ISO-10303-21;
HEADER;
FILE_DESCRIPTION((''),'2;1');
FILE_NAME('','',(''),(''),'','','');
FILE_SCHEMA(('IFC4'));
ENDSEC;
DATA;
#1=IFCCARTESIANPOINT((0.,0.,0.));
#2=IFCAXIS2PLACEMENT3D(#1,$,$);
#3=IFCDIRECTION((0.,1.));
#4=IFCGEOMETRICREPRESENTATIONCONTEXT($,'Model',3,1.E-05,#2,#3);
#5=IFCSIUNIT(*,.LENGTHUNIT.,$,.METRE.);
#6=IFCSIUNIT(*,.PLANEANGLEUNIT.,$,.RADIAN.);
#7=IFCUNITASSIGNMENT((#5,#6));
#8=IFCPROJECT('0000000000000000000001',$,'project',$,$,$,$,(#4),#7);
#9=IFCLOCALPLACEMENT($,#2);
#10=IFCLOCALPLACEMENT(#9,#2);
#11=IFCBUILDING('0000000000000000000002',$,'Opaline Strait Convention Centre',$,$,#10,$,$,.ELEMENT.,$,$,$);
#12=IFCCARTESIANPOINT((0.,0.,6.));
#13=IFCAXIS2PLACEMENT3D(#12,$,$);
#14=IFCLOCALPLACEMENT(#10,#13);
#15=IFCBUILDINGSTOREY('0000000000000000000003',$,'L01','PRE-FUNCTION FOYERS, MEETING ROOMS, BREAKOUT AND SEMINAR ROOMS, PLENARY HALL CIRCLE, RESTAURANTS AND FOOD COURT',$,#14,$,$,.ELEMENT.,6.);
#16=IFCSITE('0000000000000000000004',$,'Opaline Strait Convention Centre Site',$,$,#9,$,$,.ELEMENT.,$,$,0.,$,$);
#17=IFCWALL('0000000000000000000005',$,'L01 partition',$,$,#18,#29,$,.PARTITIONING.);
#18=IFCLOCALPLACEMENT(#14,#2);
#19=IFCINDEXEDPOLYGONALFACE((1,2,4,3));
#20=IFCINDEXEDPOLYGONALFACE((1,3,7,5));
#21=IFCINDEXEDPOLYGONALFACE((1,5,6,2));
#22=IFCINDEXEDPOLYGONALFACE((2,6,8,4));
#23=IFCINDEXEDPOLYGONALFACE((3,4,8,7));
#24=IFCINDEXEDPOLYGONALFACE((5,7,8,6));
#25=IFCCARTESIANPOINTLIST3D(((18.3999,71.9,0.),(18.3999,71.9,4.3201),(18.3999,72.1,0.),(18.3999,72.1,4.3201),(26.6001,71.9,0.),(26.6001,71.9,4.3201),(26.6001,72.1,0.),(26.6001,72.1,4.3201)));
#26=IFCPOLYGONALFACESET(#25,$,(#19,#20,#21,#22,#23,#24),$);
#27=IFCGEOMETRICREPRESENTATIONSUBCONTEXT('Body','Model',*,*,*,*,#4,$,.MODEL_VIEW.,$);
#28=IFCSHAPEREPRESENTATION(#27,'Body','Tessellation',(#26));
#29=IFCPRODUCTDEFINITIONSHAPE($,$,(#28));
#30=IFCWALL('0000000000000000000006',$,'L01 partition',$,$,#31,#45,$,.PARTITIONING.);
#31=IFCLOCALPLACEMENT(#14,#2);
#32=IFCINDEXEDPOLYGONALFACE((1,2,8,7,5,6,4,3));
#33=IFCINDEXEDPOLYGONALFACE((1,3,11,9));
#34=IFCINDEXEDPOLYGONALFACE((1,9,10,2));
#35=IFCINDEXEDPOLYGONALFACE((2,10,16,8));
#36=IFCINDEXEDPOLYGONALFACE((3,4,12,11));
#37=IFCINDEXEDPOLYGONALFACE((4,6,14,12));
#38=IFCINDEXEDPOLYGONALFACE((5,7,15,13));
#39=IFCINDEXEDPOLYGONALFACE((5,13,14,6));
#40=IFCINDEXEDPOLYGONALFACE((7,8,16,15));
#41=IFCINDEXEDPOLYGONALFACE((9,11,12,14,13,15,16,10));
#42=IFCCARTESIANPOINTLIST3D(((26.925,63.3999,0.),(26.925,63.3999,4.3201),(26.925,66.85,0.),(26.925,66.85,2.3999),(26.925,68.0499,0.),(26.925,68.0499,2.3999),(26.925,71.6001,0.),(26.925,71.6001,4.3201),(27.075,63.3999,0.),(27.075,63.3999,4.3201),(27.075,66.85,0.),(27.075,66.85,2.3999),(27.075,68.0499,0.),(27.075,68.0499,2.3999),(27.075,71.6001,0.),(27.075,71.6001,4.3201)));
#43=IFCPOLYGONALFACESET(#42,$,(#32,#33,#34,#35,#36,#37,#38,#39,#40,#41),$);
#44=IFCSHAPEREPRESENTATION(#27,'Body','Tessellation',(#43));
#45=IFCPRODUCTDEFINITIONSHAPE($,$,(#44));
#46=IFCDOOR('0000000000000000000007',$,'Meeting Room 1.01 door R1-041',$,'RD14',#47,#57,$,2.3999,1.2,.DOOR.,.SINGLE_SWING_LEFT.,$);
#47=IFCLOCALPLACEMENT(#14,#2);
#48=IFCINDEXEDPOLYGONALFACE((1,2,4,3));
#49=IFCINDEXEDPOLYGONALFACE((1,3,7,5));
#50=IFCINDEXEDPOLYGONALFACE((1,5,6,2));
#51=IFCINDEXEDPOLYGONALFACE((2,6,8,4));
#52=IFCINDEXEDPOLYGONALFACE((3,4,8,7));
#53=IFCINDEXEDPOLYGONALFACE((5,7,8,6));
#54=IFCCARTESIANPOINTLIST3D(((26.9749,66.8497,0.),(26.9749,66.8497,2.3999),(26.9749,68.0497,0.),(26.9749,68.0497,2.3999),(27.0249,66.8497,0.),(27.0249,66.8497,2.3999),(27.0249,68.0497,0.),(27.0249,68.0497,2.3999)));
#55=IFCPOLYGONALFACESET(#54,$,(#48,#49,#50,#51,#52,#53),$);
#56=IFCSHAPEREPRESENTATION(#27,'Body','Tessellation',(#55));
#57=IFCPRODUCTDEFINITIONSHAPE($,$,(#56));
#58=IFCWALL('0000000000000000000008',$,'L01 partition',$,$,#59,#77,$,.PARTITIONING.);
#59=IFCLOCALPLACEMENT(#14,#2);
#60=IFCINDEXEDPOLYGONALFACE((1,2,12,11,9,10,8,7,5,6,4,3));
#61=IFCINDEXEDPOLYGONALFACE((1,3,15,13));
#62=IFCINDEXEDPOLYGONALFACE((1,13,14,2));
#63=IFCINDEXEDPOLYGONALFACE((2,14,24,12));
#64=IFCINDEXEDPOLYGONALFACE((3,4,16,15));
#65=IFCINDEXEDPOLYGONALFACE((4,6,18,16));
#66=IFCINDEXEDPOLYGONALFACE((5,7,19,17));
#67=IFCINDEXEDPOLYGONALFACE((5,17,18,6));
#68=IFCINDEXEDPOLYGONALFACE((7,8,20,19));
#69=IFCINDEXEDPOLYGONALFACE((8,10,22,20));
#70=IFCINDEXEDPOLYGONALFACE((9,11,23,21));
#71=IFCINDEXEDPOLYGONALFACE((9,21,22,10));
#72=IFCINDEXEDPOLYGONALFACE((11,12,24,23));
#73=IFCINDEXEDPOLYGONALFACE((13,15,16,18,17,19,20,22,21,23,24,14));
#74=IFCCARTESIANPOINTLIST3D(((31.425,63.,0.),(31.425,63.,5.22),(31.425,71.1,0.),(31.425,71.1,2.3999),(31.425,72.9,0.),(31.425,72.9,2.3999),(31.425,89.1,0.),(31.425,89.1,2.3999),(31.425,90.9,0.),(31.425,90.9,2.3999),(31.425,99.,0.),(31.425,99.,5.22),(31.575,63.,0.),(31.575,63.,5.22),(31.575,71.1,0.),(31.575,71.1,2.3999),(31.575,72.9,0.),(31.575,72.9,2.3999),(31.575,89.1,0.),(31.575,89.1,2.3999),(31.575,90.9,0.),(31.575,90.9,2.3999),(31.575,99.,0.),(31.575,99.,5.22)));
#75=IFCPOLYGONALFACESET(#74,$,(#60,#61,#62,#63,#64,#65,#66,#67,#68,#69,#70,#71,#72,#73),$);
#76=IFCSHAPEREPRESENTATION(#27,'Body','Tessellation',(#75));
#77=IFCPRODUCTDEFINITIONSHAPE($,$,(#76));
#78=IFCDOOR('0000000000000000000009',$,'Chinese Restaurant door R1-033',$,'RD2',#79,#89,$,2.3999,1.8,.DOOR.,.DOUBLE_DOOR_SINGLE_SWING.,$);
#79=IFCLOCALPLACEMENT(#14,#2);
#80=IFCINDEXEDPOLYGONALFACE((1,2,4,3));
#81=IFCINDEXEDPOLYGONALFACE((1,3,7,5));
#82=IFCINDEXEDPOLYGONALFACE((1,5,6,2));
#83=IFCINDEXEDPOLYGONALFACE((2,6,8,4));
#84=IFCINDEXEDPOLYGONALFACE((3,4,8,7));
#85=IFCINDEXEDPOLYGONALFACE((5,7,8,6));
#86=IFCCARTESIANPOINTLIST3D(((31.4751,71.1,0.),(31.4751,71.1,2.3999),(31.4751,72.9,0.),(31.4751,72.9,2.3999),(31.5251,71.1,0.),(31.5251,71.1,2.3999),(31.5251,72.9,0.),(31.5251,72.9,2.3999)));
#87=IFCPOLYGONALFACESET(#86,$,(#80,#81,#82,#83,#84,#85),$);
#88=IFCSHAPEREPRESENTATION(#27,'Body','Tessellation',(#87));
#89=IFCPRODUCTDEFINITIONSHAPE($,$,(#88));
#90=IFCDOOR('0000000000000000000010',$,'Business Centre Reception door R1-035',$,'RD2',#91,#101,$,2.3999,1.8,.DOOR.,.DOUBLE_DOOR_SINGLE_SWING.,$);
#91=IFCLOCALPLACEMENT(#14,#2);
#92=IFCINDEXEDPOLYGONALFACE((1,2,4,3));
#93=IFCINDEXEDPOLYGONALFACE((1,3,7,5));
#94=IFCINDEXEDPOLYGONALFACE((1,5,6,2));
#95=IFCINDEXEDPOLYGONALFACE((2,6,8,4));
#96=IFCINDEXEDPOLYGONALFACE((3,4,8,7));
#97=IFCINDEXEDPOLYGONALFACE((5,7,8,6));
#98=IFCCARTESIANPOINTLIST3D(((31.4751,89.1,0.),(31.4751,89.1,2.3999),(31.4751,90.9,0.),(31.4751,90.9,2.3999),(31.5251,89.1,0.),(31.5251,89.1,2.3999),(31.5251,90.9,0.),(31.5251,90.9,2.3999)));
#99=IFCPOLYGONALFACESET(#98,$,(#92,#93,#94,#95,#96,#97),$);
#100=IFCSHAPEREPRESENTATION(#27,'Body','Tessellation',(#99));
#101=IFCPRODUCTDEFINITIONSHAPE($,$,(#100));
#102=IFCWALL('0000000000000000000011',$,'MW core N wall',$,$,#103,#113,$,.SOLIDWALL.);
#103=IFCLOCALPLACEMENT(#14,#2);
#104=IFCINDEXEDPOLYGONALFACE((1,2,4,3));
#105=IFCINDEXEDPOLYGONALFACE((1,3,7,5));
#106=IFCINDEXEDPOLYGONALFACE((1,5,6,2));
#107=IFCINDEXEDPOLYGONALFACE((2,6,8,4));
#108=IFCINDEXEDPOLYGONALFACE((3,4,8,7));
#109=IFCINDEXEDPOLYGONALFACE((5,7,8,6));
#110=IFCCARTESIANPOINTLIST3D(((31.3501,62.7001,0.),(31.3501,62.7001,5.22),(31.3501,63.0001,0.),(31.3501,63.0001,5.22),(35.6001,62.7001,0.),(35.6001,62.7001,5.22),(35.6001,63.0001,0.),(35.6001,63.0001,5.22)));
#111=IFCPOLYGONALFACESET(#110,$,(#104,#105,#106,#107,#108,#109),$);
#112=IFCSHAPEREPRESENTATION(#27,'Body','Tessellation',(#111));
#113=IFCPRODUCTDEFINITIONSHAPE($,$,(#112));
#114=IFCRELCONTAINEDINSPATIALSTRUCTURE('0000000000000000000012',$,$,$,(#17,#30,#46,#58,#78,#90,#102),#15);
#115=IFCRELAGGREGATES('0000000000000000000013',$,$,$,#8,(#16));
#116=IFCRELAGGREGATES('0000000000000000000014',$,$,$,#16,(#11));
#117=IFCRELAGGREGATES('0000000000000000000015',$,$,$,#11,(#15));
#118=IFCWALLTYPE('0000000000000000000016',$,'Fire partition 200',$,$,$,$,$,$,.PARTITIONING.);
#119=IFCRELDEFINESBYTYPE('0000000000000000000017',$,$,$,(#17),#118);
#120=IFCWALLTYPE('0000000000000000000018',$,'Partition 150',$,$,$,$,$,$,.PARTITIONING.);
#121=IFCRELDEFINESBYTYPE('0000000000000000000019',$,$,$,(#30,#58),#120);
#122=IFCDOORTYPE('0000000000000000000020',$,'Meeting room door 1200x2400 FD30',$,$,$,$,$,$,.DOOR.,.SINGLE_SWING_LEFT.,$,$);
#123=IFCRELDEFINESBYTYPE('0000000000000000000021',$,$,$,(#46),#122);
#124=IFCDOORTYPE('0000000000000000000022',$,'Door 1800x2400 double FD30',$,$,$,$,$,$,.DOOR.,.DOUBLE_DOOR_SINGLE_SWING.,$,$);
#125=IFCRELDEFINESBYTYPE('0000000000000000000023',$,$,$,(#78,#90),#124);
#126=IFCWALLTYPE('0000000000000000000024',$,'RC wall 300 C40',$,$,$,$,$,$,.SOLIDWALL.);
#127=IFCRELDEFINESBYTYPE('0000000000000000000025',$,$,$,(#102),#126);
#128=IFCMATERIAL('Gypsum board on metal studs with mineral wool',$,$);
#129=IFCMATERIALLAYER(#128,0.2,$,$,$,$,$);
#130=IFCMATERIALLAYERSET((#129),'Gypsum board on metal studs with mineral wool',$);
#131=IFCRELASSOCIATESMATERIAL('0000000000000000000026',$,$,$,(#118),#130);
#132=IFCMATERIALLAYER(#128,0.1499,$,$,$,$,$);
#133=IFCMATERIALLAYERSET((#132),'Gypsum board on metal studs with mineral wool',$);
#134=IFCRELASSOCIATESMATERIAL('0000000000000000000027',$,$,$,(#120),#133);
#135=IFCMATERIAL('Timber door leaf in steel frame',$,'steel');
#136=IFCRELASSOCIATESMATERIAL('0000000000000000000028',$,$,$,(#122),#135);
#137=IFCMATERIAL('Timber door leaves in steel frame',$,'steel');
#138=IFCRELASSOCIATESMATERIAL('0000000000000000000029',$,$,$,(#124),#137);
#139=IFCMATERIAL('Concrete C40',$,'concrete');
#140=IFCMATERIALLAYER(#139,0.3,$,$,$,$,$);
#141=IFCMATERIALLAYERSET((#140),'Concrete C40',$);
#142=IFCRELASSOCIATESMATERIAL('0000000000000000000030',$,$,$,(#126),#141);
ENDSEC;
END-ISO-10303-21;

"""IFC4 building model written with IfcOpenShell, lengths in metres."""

from ifc_helpers import new_model, si_unit, direction, frame, frame_2d, origin, place, context, subcontext, project, spatial, rectangle, extrude, material, layer, layer_set, type_object, element, fill, save


model = new_model("IFC4")

# Units and contexts
model_context = context("Model", 3, precision=1e-05, world=origin(), true_north=direction((0.0, 1.0)))
body_context = subcontext(model_context, "Body", "Model", "MODEL_VIEW")
ifc_project = project(units=[si_unit("LENGTHUNIT", "METRE"), si_unit("PLANEANGLEUNIT", "RADIAN")], contexts=[model_context])

# Site, building, storey
site_placement = place(None, origin())
site = spatial("IfcSite", under=ifc_project, at=site_placement, Name="Opaline Strait Convention Centre Site", CompositionType="ELEMENT", RefElevation=0.0)
building_placement = place(site_placement, origin())
building = spatial("IfcBuilding", under=site, at=building_placement, Name="Opaline Strait Convention Centre", CompositionType="ELEMENT")
storey_placement = place(building_placement, frame((0.0, 0.0, 6.0)))
storey = spatial("IfcBuildingStorey", under=building, at=storey_placement, Name="L01", Description="PRE-FUNCTION FOYERS, MEETING ROOMS, BREAKOUT AND SEMINAR ROOMS, PLENARY HALL CIRCLE, RESTAURANTS AND FOOD COURT", CompositionType="ELEMENT", Elevation=6.0)

# Shared definitions
ifc_material_1 = material(Name="Concrete C40", Category="concrete")

# Wall
ifc_material_2 = material(Name="Gypsum board on metal studs with mineral wool")
ifc_layer_1 = layer(ifc_material_2, 0.2)
ifc_layer_set_1 = layer_set([ifc_layer_1], Name="Gypsum board on metal studs with mineral wool")
wall_type_1 = type_object("IfcWallType", Name="Fire partition 200", PredefinedType="PARTITIONING", material=ifc_layer_set_1)
for number, where, z_axis, x_axis, name in (
    (1, (18.3999, 72.0, 0.0), (0.0, 0.0, 1.0), (1.0, 0.0, 0.0), "L01 partition"),
):
    element("IfcWall", number, at=place(storey_placement, frame(where, z_axis=z_axis, x_axis=x_axis)), inside=storey, type_object=wall_type_1, Name=name, PredefinedType="PARTITIONING", context=body_context, shape_type="SweptSolid", body=[
        extrude(rectangle(XDim=8.2002, YDim=0.2, at=frame_2d((4.1001, 0.0))), origin(), (0.0, 0.0, 1.0), 4.3201),
    ])

# Wall, opening, door
ifc_layer_2 = layer(ifc_material_2, 0.1499)
ifc_layer_set_2 = layer_set([ifc_layer_2], Name="Gypsum board on metal studs with mineral wool")
wall_type_2 = type_object("IfcWallType", Name="Partition 150", PredefinedType="PARTITIONING", material=ifc_layer_set_2)
wall_1_placement = place(storey_placement, frame((27.0, 63.3999, 0.0), z_axis=(0.0, 0.0, 1.0), x_axis=(0.0, 1.0, 0.0)))
wall_1 = element("IfcWall", 2, at=wall_1_placement, inside=storey, type_object=wall_type_2, Name="L01 partition", PredefinedType="PARTITIONING", context=body_context, shape_type="SweptSolid", body=[
    extrude(rectangle(XDim=8.2002, YDim=0.1499, at=frame_2d((4.1001, 0.0))), origin(), (0.0, 0.0, 1.0), 4.3201),
])
opening_1_placement = place(wall_1_placement, frame((3.45, 0.0, 0.0)))
opening_1 = element("IfcOpeningElement", 3, at=opening_1_placement, cuts=wall_1, PredefinedType="OPENING", context=body_context, shape_type="SweptSolid", body=[
    extrude(rectangle(XDim=1.2, YDim=2.3999, at=frame_2d((0.6001, 1.2))), frame((0.0, 0.085, 0.0), z_axis=(0.0, -1.0, 0.0), x_axis=(1.0, 0.0, 0.0)), (0.0, 0.0, 1.0), 0.1699),
])
ifc_material_3 = material(Name="Timber door leaf in steel frame", Category="steel")
door_type_1 = type_object("IfcDoorType", Name="Meeting room door 1200x2400 FD30", OperationType="SINGLE_SWING_LEFT", PredefinedType="DOOR", material=ifc_material_3)
door_1_placement = place(opening_1_placement, frame((1.2, 0.0, 0.0), z_axis=(0.0, 0.0, 1.0), x_axis=(-1.0, 0.0, 0.0)))
door_1 = element("IfcDoor", 4, at=door_1_placement, inside=storey, type_object=door_type_1, Name="Meeting Room 1.01 door R1-041", ObjectType="RD14", OperationType="SINGLE_SWING_LEFT", OverallHeight=2.3999, OverallWidth=1.2, PredefinedType="DOOR", context=body_context, shape_type="SweptSolid", body=[
    extrude(rectangle(XDim=1.2, YDim=2.3999, at=frame_2d((0.6001, 1.2))), frame((0.0, 0.0249, 0.0), z_axis=(0.0, -1.0, 0.0), x_axis=(1.0, 0.0, 0.0)), (0.0, 0.0, 1.0), 0.05),
])
fill(opening_1, door_1)

# Wall, openings, doors
wall_2_placement = place(storey_placement, frame((31.5, 63.0, 0.0), z_axis=(0.0, 0.0, 1.0), x_axis=(0.0, 1.0, 0.0)))
wall_2 = element("IfcWall", 5, at=wall_2_placement, inside=storey, type_object=wall_type_2, Name="L01 partition", PredefinedType="PARTITIONING", context=body_context, shape_type="SweptSolid", body=[
    extrude(rectangle(XDim=36.0, YDim=0.1499, at=frame_2d((18.0, 0.0))), origin(), (0.0, 0.0, 1.0), 5.22),
])
opening_2_placement = place(wall_2_placement, frame((8.1001, 0.0, 0.0)))
opening_2 = element("IfcOpeningElement", 6, at=opening_2_placement, cuts=wall_2, PredefinedType="OPENING", context=body_context, shape_type="SweptSolid", body=[
    extrude(rectangle(XDim=1.8, YDim=2.3999, at=frame_2d((0.8999, 1.2))), frame((0.0, 0.085, 0.0), z_axis=(0.0, -1.0, 0.0), x_axis=(1.0, 0.0, 0.0)), (0.0, 0.0, 1.0), 0.1699),
])
opening_3_placement = place(wall_2_placement, frame((26.1001, 0.0, 0.0)))
opening_3 = element("IfcOpeningElement", 7, at=opening_3_placement, cuts=wall_2, PredefinedType="OPENING", context=body_context, shape_type="SweptSolid", body=[
    extrude(rectangle(XDim=1.8, YDim=2.3999, at=frame_2d((0.8999, 1.2))), frame((0.0, 0.085, 0.0), z_axis=(0.0, -1.0, 0.0), x_axis=(1.0, 0.0, 0.0)), (0.0, 0.0, 1.0), 0.1699),
])
ifc_material_4 = material(Name="Timber door leaves in steel frame", Category="steel")
door_type_2 = type_object("IfcDoorType", Name="Door 1800x2400 double FD30", OperationType="DOUBLE_DOOR_SINGLE_SWING", PredefinedType="DOOR", material=ifc_material_4)
door_2_placement = place(opening_2_placement, origin())
door_2 = element("IfcDoor", 8, at=door_2_placement, inside=storey, type_object=door_type_2, Name="Chinese Restaurant door R1-033", ObjectType="RD2", OperationType="DOUBLE_DOOR_SINGLE_SWING", OverallHeight=2.3999, OverallWidth=1.8, PredefinedType="DOOR", context=body_context, shape_type="SweptSolid", body=[
    extrude(rectangle(XDim=1.8, YDim=2.3999, at=frame_2d((0.8999, 1.2))), frame((0.0, 0.0249, 0.0), z_axis=(0.0, -1.0, 0.0), x_axis=(1.0, 0.0, 0.0)), (0.0, 0.0, 1.0), 0.05),
])
fill(opening_2, door_2)
door_3_placement = place(opening_3_placement, origin())
door_3 = element("IfcDoor", 9, at=door_3_placement, inside=storey, type_object=door_type_2, Name="Business Centre Reception door R1-035", ObjectType="RD2", OperationType="DOUBLE_DOOR_SINGLE_SWING", OverallHeight=2.3999, OverallWidth=1.8, PredefinedType="DOOR", context=body_context, shape_type="SweptSolid", body=[
    extrude(rectangle(XDim=1.8, YDim=2.3999, at=frame_2d((0.8999, 1.2))), frame((0.0, 0.0249, 0.0), z_axis=(0.0, -1.0, 0.0), x_axis=(1.0, 0.0, 0.0)), (0.0, 0.0, 1.0), 0.05),
])
fill(opening_3, door_3)

# Wall
ifc_layer_3 = layer(ifc_material_1, 0.3)
ifc_layer_set_3 = layer_set([ifc_layer_3], Name="Concrete C40")
wall_type_3 = type_object("IfcWallType", Name="RC wall 300 C40", PredefinedType="SOLIDWALL", material=ifc_layer_set_3)
wall_3_placement = place(storey_placement, frame((31.3501, 62.8501, 0.0), z_axis=(0.0, 0.0, 1.0), x_axis=(1.0, 0.0, 0.0)))
element("IfcWall", 10, at=wall_3_placement, inside=storey, type_object=wall_type_3, Name="MW core N wall", PredefinedType="SOLIDWALL", context=body_context, shape_type="SweptSolid", body=[
    extrude(rectangle(XDim=4.25, YDim=0.3, at=frame_2d((2.125, 0.0))), origin(), (0.0, 0.0, 1.0), 5.22),
])

save(model, "model.ifc")
